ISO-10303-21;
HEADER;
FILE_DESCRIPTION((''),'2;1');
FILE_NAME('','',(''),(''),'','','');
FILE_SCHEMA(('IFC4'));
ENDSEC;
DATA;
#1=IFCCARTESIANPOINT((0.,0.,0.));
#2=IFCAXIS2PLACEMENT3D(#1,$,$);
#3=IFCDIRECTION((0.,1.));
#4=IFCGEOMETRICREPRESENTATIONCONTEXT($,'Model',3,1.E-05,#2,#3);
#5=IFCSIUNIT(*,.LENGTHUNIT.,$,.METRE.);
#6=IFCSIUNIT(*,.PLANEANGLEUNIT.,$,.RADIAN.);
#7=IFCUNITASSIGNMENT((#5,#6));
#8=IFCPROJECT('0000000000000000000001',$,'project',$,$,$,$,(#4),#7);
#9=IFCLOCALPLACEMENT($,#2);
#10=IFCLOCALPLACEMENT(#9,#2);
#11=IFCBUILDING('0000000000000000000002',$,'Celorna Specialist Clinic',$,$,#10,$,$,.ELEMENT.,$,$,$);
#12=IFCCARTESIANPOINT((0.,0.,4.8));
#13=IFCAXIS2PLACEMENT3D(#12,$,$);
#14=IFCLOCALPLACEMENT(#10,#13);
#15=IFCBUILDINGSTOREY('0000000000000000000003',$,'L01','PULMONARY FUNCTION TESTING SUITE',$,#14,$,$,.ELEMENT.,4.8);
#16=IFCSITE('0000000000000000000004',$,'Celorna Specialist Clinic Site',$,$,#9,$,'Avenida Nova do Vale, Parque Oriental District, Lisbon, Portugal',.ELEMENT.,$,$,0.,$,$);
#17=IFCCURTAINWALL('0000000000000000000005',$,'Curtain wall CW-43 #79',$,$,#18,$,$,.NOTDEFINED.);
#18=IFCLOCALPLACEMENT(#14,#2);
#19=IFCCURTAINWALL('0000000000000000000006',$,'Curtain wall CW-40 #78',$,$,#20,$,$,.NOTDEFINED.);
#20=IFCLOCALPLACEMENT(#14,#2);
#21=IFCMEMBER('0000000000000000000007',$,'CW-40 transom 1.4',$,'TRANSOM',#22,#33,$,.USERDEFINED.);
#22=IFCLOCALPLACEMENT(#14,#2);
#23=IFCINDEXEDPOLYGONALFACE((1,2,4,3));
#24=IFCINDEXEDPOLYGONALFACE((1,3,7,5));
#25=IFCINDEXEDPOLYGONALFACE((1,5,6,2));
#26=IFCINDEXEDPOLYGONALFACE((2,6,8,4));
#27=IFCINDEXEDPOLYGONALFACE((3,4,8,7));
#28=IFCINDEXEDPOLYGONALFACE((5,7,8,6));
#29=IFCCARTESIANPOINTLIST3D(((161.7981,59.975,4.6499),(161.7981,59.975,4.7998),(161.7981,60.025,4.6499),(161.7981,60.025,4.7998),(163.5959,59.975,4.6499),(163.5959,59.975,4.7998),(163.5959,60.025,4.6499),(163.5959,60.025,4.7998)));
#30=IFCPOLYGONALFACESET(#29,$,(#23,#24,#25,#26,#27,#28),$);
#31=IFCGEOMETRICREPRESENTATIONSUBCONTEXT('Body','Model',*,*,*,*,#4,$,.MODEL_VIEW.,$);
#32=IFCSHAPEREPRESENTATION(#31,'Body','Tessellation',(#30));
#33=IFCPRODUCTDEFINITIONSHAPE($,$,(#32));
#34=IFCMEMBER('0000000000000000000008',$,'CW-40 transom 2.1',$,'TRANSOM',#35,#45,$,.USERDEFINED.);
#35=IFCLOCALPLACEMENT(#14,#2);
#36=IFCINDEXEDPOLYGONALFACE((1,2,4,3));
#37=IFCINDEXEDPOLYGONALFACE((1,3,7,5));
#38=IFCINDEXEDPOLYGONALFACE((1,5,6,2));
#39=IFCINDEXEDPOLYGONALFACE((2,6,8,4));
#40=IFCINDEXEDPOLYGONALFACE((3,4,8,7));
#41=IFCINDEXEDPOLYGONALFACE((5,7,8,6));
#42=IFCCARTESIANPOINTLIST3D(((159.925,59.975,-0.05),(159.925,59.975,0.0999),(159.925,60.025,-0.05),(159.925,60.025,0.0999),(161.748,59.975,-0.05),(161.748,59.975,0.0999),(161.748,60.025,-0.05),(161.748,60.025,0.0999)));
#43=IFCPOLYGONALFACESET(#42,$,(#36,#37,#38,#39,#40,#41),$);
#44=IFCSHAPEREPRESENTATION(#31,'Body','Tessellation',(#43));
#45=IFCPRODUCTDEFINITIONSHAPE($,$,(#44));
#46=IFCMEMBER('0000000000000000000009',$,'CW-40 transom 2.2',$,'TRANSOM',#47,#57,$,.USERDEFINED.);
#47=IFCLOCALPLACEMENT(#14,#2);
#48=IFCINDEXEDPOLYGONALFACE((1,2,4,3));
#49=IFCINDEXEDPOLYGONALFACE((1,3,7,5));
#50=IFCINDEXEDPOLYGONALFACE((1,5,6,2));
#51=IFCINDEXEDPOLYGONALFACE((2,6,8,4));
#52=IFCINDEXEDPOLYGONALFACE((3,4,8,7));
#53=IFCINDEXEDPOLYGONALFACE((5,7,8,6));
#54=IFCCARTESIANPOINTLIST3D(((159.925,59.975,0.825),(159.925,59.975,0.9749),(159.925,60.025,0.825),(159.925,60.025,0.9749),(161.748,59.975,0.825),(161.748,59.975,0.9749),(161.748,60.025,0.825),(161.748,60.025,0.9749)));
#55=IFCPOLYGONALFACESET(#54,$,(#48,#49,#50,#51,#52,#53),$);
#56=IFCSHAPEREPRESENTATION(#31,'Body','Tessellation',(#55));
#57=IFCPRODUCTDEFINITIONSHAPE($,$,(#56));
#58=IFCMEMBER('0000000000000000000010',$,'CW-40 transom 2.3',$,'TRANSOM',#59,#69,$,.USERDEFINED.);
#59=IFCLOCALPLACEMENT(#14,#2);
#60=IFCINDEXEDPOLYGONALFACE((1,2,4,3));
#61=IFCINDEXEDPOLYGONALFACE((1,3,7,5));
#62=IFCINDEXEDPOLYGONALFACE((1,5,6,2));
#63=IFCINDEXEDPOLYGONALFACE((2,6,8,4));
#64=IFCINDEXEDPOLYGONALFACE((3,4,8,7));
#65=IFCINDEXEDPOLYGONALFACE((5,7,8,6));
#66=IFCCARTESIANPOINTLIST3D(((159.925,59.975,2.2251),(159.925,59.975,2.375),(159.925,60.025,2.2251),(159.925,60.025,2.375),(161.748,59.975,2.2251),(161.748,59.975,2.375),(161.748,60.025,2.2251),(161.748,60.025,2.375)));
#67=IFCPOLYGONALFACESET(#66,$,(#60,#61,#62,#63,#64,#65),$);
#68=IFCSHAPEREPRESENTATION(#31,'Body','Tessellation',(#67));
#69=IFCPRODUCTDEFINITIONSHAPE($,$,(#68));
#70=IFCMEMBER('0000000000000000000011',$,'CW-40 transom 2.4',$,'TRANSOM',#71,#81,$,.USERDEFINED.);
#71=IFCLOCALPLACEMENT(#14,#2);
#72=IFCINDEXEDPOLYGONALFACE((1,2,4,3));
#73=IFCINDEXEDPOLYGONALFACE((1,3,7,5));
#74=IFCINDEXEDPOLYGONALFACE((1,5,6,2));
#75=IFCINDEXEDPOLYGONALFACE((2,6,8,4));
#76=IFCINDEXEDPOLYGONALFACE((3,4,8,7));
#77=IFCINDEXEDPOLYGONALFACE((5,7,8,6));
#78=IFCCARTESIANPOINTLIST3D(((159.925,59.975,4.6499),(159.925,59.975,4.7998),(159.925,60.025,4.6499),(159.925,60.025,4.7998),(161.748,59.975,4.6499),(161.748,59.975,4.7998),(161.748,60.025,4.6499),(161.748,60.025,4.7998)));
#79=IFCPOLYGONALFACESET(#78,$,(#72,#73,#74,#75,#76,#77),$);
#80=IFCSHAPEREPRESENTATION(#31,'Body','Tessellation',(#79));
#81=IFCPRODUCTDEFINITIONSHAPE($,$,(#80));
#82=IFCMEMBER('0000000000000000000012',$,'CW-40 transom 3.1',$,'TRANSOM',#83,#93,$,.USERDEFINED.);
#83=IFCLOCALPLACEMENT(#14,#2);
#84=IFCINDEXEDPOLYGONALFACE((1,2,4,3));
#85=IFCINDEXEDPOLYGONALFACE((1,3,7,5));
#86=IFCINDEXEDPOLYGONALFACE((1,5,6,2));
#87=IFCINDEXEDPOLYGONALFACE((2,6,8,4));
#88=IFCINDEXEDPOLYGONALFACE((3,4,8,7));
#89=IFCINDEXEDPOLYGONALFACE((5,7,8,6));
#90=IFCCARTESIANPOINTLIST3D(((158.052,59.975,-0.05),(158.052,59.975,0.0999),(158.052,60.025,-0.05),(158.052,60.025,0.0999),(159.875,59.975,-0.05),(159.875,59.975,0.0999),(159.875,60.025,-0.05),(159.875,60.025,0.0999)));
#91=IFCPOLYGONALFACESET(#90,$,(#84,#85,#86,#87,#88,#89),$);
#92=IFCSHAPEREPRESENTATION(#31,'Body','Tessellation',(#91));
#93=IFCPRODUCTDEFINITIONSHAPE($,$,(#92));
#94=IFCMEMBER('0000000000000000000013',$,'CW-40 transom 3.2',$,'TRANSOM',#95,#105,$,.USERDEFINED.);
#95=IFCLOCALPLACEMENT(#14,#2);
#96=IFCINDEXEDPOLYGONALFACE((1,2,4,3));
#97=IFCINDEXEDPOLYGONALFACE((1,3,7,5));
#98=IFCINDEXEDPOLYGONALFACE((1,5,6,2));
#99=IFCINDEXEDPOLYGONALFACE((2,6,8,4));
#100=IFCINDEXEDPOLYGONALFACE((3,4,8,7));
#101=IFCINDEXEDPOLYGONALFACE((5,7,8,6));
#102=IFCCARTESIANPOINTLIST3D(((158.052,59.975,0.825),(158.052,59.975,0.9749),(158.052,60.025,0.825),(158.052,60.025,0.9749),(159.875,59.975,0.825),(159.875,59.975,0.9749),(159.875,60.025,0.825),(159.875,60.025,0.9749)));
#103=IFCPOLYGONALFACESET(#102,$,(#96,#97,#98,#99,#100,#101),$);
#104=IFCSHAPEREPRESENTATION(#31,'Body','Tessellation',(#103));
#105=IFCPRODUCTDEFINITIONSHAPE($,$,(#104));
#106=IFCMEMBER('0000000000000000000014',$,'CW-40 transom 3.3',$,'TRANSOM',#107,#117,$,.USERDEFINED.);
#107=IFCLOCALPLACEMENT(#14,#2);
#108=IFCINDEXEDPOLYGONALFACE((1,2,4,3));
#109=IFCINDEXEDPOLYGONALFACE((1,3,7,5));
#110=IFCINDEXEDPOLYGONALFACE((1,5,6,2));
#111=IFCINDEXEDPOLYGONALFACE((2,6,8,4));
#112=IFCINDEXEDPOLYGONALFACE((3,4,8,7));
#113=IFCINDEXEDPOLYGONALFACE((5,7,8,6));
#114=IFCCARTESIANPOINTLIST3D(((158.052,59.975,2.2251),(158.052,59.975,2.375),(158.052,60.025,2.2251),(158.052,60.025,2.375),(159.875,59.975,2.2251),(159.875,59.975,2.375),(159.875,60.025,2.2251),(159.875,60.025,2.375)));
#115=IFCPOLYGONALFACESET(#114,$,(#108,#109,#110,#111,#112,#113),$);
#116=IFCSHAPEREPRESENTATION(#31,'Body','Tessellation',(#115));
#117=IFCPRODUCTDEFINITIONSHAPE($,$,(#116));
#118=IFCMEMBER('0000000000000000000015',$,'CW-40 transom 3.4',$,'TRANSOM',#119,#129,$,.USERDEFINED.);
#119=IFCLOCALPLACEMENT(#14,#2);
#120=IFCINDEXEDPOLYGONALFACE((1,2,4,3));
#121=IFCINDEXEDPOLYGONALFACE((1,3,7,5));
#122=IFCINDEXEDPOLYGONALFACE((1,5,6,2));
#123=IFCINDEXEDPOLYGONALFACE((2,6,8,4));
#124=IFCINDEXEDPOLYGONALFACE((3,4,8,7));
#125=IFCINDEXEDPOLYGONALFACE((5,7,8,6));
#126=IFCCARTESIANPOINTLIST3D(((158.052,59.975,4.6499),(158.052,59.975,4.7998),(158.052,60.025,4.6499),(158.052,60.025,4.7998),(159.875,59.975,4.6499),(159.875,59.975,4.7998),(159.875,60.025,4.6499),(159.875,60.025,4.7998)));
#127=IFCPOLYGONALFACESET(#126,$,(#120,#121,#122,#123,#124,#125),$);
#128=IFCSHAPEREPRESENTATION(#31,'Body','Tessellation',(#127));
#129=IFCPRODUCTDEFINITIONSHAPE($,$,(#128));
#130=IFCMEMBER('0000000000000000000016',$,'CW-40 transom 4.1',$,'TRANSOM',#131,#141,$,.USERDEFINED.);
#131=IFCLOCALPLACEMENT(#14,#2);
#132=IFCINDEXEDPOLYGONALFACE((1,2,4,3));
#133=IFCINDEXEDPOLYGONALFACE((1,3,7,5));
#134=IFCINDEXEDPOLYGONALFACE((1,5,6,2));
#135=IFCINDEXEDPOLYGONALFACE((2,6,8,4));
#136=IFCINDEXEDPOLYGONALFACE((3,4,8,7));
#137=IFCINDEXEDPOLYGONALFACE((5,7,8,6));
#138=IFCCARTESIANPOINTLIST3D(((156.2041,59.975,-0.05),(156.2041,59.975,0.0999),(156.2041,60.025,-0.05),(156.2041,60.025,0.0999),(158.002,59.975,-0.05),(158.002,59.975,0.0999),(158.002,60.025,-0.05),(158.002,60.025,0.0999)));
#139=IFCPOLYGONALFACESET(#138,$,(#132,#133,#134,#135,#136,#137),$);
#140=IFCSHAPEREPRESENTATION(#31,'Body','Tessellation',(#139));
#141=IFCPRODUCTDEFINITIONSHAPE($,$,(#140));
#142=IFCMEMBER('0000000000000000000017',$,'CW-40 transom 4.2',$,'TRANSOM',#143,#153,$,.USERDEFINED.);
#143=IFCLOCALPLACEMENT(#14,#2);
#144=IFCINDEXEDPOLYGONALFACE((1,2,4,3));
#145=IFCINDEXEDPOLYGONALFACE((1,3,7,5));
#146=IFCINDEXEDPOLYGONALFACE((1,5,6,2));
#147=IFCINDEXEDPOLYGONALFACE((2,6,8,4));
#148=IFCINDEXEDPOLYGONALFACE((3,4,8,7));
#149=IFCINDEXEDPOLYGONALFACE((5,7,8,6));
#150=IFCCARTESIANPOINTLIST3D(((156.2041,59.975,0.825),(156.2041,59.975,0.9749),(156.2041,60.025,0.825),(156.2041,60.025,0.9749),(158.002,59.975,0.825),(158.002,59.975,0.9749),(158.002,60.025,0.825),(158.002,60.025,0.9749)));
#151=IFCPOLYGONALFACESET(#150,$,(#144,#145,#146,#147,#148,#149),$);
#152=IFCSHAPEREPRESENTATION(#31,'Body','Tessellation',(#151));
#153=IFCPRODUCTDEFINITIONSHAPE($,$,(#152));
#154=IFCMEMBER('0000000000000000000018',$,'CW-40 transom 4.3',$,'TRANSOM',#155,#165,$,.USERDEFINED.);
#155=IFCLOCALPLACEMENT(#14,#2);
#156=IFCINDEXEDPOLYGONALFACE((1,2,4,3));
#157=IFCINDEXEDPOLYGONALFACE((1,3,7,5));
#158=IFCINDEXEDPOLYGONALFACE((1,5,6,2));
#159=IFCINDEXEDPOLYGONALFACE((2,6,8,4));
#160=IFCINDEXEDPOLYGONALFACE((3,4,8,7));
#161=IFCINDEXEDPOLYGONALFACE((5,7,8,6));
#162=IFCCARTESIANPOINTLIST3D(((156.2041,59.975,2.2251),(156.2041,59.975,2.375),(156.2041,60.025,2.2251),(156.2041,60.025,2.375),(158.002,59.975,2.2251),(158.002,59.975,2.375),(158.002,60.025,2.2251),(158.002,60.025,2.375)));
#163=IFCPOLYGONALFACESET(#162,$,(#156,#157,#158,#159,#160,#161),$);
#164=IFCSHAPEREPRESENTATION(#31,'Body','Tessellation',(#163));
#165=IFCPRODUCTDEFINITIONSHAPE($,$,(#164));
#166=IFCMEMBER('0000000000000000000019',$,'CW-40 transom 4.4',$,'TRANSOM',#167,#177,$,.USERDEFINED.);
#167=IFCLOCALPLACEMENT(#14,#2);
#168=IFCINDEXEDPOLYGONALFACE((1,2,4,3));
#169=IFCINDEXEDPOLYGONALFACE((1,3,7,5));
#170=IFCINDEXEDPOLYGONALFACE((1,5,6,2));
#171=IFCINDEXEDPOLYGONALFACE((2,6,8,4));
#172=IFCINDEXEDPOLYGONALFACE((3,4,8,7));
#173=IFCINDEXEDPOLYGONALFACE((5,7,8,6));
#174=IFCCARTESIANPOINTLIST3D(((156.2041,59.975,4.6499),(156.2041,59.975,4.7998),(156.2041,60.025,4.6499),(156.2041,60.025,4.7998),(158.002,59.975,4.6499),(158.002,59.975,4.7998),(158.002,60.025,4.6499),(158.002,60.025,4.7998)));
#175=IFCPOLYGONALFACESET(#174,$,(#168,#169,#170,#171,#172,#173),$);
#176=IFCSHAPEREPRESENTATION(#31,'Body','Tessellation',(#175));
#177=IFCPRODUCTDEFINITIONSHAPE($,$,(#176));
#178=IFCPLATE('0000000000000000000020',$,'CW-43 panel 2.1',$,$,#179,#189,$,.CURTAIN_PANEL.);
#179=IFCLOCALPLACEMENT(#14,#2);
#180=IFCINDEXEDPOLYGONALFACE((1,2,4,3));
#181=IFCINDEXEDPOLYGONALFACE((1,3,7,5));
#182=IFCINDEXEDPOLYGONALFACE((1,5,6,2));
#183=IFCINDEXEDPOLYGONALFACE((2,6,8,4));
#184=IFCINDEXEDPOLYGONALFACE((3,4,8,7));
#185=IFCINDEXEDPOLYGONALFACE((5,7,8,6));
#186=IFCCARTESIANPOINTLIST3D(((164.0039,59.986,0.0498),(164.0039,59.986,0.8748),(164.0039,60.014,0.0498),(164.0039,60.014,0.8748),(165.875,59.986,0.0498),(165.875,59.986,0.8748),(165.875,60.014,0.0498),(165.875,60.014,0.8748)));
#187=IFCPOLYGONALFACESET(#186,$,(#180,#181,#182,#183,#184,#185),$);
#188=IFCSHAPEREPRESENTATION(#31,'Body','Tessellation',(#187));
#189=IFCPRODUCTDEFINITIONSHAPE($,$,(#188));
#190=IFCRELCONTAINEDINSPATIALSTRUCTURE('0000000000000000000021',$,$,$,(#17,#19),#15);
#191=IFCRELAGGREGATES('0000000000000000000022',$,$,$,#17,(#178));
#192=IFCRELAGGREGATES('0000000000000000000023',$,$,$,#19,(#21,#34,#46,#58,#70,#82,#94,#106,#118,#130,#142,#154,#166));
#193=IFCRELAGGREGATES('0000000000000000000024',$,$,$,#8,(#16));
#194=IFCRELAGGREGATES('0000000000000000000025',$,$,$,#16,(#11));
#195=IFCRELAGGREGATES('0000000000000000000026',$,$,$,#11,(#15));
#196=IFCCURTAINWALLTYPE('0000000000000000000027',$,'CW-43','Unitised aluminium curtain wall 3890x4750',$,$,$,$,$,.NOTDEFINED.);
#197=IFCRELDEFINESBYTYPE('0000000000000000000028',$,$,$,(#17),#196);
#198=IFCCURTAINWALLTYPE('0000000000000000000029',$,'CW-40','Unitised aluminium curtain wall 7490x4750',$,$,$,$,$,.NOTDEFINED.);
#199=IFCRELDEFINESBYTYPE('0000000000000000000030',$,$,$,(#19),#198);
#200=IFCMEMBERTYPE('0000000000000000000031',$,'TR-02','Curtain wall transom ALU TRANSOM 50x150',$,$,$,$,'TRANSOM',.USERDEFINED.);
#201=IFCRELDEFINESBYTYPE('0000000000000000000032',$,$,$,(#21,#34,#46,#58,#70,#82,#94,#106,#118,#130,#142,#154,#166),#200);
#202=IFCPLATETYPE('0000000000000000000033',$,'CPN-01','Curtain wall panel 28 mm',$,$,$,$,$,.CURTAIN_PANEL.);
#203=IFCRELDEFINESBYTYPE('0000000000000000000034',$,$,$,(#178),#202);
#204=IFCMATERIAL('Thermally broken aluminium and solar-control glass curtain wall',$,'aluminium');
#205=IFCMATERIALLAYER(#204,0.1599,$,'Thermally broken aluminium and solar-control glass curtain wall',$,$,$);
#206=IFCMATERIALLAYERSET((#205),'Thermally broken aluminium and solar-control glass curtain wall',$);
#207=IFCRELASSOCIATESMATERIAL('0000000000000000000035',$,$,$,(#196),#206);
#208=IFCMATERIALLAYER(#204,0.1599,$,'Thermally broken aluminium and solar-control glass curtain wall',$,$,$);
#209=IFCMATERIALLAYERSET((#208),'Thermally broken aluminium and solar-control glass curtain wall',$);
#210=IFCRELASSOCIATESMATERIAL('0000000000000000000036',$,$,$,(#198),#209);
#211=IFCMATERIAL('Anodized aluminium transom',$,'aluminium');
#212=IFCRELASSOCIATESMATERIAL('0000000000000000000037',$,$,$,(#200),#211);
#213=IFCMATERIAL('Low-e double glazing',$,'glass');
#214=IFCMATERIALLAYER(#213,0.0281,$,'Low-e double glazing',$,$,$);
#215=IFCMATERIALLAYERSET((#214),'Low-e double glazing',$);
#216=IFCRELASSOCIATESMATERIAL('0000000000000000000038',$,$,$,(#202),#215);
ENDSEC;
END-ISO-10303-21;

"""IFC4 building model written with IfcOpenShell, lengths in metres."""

from ifc_helpers import new_model, si_unit, direction, frame, origin, origin_2d, place, context, subcontext, project, spatial, rectangle, extrude, material, layer, layer_set, material_profile, profile_set, type_object, element, aggregate, save


model = new_model("IFC4")

# Units and contexts
model_context = context("Model", 3, precision=1e-05, world=origin(), true_north=direction((0.0, 1.0)))
body_context = subcontext(model_context, "Body", "Model", "MODEL_VIEW")
ifc_project = project(units=[si_unit("LENGTHUNIT", "METRE"), si_unit("PLANEANGLEUNIT", "RADIAN")], contexts=[model_context])

# Site, building, storey
site_placement = place(None, origin())
site = spatial("IfcSite", under=ifc_project, at=site_placement, Name="Celorna Specialist Clinic Site", LongName="Avenida Nova do Vale, Parque Oriental District, Lisbon, Portugal", CompositionType="ELEMENT", RefElevation=0.0)
building_placement = place(site_placement, origin())
building = spatial("IfcBuilding", under=site, at=building_placement, Name="Celorna Specialist Clinic", CompositionType="ELEMENT")
storey_placement = place(building_placement, frame((0.0, 0.0, 4.8)))
storey = spatial("IfcBuildingStorey", under=building, at=storey_placement, Name="L01", Description="PULMONARY FUNCTION TESTING SUITE", CompositionType="ELEMENT", Elevation=4.8)

# Curtain wall
ifc_material_1 = material(Name="Thermally broken aluminium and solar-control glass curtain wall", Category="aluminium")
ifc_layer_1 = layer(ifc_material_1, 0.1599, Name="Thermally broken aluminium and solar-control glass curtain wall")
ifc_layer_set_1 = layer_set([ifc_layer_1], Name="Thermally broken aluminium and solar-control glass curtain wall")
curtain_wall_type_1 = type_object("IfcCurtainWallType", Name="CW-43", Description="Unitised aluminium curtain wall 3890x4750", PredefinedType="NOTDEFINED", material=ifc_layer_set_1)
curtain_wall_1_placement = place(storey_placement, origin())
curtain_wall_1 = element("IfcCurtainWall", 1, at=curtain_wall_1_placement, inside=storey, type_object=curtain_wall_type_1, Name="Curtain wall CW-43 #79", PredefinedType="NOTDEFINED")

# Curtain wall, members
ifc_layer_2 = layer(ifc_material_1, 0.1599, Name="Thermally broken aluminium and solar-control glass curtain wall")
ifc_layer_set_2 = layer_set([ifc_layer_2], Name="Thermally broken aluminium and solar-control glass curtain wall")
curtain_wall_type_2 = type_object("IfcCurtainWallType", Name="CW-40", Description="Unitised aluminium curtain wall 7490x4750", PredefinedType="NOTDEFINED", material=ifc_layer_set_2)
curtain_wall_2_placement = place(storey_placement, origin())
curtain_wall_2 = element("IfcCurtainWall", 2, at=curtain_wall_2_placement, inside=storey, type_object=curtain_wall_type_2, Name="Curtain wall CW-40 #78", PredefinedType="NOTDEFINED")
ifc_material_2 = material(Name="Anodized aluminium transom", Category="aluminium")
ifc_material_profile_1 = material_profile(ifc_material_2, rectangle(XDim=0.05, YDim=0.1499, at=origin_2d()), Name="ALU TRANSOM 50x150")
ifc_profile_set_1 = profile_set([ifc_material_profile_1], Name="Anodized aluminium transom")
member_type_1 = type_object("IfcMemberType", Name="TR-02", Description="Curtain wall transom ALU TRANSOM 50x150", ElementType="TRANSOM", PredefinedType="USERDEFINED", material=ifc_profile_set_1)
member_1_placement = place(storey_placement, frame((163.5959, 60.0, 4.7249), z_axis=(-1.0, 0.0, 0.0), x_axis=(0.0, -1.0, 0.0)))
member_1 = element("IfcMember", 3, at=member_1_placement, type_object=member_type_1, Name="CW-40 transom 1.4", ObjectType="TRANSOM", PredefinedType="USERDEFINED", context=body_context, shape_type="SweptSolid", body=[
    extrude(rectangle(XDim=0.05, YDim=0.1499, at=origin_2d()), origin(), (0.0, 0.0, 1.0), 1.7979),
])
member_2_placement = place(storey_placement, frame((161.748, 60.0, 0.0249), z_axis=(-1.0, 0.0, 0.0), x_axis=(0.0, -1.0, 0.0)))
member_2 = element("IfcMember", 4, at=member_2_placement, type_object=member_type_1, Name="CW-40 transom 2.1", ObjectType="TRANSOM", PredefinedType="USERDEFINED", context=body_context, shape_type="SweptSolid", body=[
    extrude(rectangle(XDim=0.05, YDim=0.1499, at=origin_2d()), origin(), (0.0, 0.0, 1.0), 1.823),
])
member_3_placement = place(storey_placement, frame((161.748, 60.0, 0.8999), z_axis=(-1.0, 0.0, 0.0), x_axis=(0.0, -1.0, 0.0)))
member_3 = element("IfcMember", 5, at=member_3_placement, type_object=member_type_1, Name="CW-40 transom 2.2", ObjectType="TRANSOM", PredefinedType="USERDEFINED", context=body_context, shape_type="SweptSolid", body=[
    extrude(rectangle(XDim=0.05, YDim=0.1499, at=origin_2d()), origin(), (0.0, 0.0, 1.0), 1.823),
])
member_4_placement = place(storey_placement, frame((161.748, 60.0, 2.3), z_axis=(-1.0, 0.0, 0.0), x_axis=(0.0, -1.0, 0.0)))
member_4 = element("IfcMember", 6, at=member_4_placement, type_object=member_type_1, Name="CW-40 transom 2.3", ObjectType="TRANSOM", PredefinedType="USERDEFINED", context=body_context, shape_type="SweptSolid", body=[
    extrude(rectangle(XDim=0.05, YDim=0.1499, at=origin_2d()), origin(), (0.0, 0.0, 1.0), 1.823),
])
member_5_placement = place(storey_placement, frame((161.748, 60.0, 4.7249), z_axis=(-1.0, 0.0, 0.0), x_axis=(0.0, -1.0, 0.0)))
member_5 = element("IfcMember", 7, at=member_5_placement, type_object=member_type_1, Name="CW-40 transom 2.4", ObjectType="TRANSOM", PredefinedType="USERDEFINED", context=body_context, shape_type="SweptSolid", body=[
    extrude(rectangle(XDim=0.05, YDim=0.1499, at=origin_2d()), origin(), (0.0, 0.0, 1.0), 1.823),
])
member_6_placement = place(storey_placement, frame((159.875, 60.0, 0.0249), z_axis=(-1.0, 0.0, 0.0), x_axis=(0.0, -1.0, 0.0)))
member_6 = element("IfcMember", 8, at=member_6_placement, type_object=member_type_1, Name="CW-40 transom 3.1", ObjectType="TRANSOM", PredefinedType="USERDEFINED", context=body_context, shape_type="SweptSolid", body=[
    extrude(rectangle(XDim=0.05, YDim=0.1499, at=origin_2d()), origin(), (0.0, 0.0, 1.0), 1.823),
])
member_7_placement = place(storey_placement, frame((159.875, 60.0, 0.8999), z_axis=(-1.0, 0.0, 0.0), x_axis=(0.0, -1.0, 0.0)))
member_7 = element("IfcMember", 9, at=member_7_placement, type_object=member_type_1, Name="CW-40 transom 3.2", ObjectType="TRANSOM", PredefinedType="USERDEFINED", context=body_context, shape_type="SweptSolid", body=[
    extrude(rectangle(XDim=0.05, YDim=0.1499, at=origin_2d()), origin(), (0.0, 0.0, 1.0), 1.823),
])
member_8_placement = place(storey_placement, frame((159.875, 60.0, 2.3), z_axis=(-1.0, 0.0, 0.0), x_axis=(0.0, -1.0, 0.0)))
member_8 = element("IfcMember", 10, at=member_8_placement, type_object=member_type_1, Name="CW-40 transom 3.3", ObjectType="TRANSOM", PredefinedType="USERDEFINED", context=body_context, shape_type="SweptSolid", body=[
    extrude(rectangle(XDim=0.05, YDim=0.1499, at=origin_2d()), origin(), (0.0, 0.0, 1.0), 1.823),
])
member_9_placement = place(storey_placement, frame((159.875, 60.0, 4.7249), z_axis=(-1.0, 0.0, 0.0), x_axis=(0.0, -1.0, 0.0)))
member_9 = element("IfcMember", 11, at=member_9_placement, type_object=member_type_1, Name="CW-40 transom 3.4", ObjectType="TRANSOM", PredefinedType="USERDEFINED", context=body_context, shape_type="SweptSolid", body=[
    extrude(rectangle(XDim=0.05, YDim=0.1499, at=origin_2d()), origin(), (0.0, 0.0, 1.0), 1.823),
])
member_10_placement = place(storey_placement, frame((158.002, 60.0, 0.0249), z_axis=(-1.0, 0.0, 0.0), x_axis=(0.0, -1.0, 0.0)))
member_10 = element("IfcMember", 12, at=member_10_placement, type_object=member_type_1, Name="CW-40 transom 4.1", ObjectType="TRANSOM", PredefinedType="USERDEFINED", context=body_context, shape_type="SweptSolid", body=[
    extrude(rectangle(XDim=0.05, YDim=0.1499, at=origin_2d()), origin(), (0.0, 0.0, 1.0), 1.7979),
])
member_11_placement = place(storey_placement, frame((158.002, 60.0, 0.8999), z_axis=(-1.0, 0.0, 0.0), x_axis=(0.0, -1.0, 0.0)))
member_11 = element("IfcMember", 13, at=member_11_placement, type_object=member_type_1, Name="CW-40 transom 4.2", ObjectType="TRANSOM", PredefinedType="USERDEFINED", context=body_context, shape_type="SweptSolid", body=[
    extrude(rectangle(XDim=0.05, YDim=0.1499, at=origin_2d()), origin(), (0.0, 0.0, 1.0), 1.7979),
])
member_12_placement = place(storey_placement, frame((158.002, 60.0, 2.3), z_axis=(-1.0, 0.0, 0.0), x_axis=(0.0, -1.0, 0.0)))
member_12 = element("IfcMember", 14, at=member_12_placement, type_object=member_type_1, Name="CW-40 transom 4.3", ObjectType="TRANSOM", PredefinedType="USERDEFINED", context=body_context, shape_type="SweptSolid", body=[
    extrude(rectangle(XDim=0.05, YDim=0.1499, at=origin_2d()), origin(), (0.0, 0.0, 1.0), 1.7979),
])
member_13_placement = place(storey_placement, frame((158.002, 60.0, 4.7249), z_axis=(-1.0, 0.0, 0.0), x_axis=(0.0, -1.0, 0.0)))
member_13 = element("IfcMember", 15, at=member_13_placement, type_object=member_type_1, Name="CW-40 transom 4.4", ObjectType="TRANSOM", PredefinedType="USERDEFINED", context=body_context, shape_type="SweptSolid", body=[
    extrude(rectangle(XDim=0.05, YDim=0.1499, at=origin_2d()), origin(), (0.0, 0.0, 1.0), 1.7979),
])

# Plate
ifc_material_3 = material(Name="Low-e double glazing", Category="glass")
ifc_layer_3 = layer(ifc_material_3, 0.0281, Name="Low-e double glazing")
ifc_layer_set_3 = layer_set([ifc_layer_3], Name="Low-e double glazing")
plate_type_1 = type_object("IfcPlateType", Name="CPN-01", Description="Curtain wall panel 28 mm", PredefinedType="CURTAIN_PANEL", material=ifc_layer_set_3)
plate_1_placement = place(storey_placement, frame((164.9395, 60.0, 0.0498), z_axis=(0.0, 0.0, 1.0), x_axis=(-1.0, 0.0, 0.0)))
plate_1 = element("IfcPlate", 16, at=plate_1_placement, type_object=plate_type_1, Name="CW-43 panel 2.1", PredefinedType="CURTAIN_PANEL", context=body_context, shape_type="SweptSolid", body=[
    extrude(rectangle(XDim=1.8711, YDim=0.0281, at=origin_2d()), origin(), (0.0, 0.0, 1.0), 0.825),
])
aggregate(curtain_wall_1, [plate_1])
aggregate(curtain_wall_2, [member_1, member_2, member_3, member_4, member_5, member_6, member_7, member_8, member_9, member_10, member_11, member_12, member_13])

save(model, "model.ifc")
